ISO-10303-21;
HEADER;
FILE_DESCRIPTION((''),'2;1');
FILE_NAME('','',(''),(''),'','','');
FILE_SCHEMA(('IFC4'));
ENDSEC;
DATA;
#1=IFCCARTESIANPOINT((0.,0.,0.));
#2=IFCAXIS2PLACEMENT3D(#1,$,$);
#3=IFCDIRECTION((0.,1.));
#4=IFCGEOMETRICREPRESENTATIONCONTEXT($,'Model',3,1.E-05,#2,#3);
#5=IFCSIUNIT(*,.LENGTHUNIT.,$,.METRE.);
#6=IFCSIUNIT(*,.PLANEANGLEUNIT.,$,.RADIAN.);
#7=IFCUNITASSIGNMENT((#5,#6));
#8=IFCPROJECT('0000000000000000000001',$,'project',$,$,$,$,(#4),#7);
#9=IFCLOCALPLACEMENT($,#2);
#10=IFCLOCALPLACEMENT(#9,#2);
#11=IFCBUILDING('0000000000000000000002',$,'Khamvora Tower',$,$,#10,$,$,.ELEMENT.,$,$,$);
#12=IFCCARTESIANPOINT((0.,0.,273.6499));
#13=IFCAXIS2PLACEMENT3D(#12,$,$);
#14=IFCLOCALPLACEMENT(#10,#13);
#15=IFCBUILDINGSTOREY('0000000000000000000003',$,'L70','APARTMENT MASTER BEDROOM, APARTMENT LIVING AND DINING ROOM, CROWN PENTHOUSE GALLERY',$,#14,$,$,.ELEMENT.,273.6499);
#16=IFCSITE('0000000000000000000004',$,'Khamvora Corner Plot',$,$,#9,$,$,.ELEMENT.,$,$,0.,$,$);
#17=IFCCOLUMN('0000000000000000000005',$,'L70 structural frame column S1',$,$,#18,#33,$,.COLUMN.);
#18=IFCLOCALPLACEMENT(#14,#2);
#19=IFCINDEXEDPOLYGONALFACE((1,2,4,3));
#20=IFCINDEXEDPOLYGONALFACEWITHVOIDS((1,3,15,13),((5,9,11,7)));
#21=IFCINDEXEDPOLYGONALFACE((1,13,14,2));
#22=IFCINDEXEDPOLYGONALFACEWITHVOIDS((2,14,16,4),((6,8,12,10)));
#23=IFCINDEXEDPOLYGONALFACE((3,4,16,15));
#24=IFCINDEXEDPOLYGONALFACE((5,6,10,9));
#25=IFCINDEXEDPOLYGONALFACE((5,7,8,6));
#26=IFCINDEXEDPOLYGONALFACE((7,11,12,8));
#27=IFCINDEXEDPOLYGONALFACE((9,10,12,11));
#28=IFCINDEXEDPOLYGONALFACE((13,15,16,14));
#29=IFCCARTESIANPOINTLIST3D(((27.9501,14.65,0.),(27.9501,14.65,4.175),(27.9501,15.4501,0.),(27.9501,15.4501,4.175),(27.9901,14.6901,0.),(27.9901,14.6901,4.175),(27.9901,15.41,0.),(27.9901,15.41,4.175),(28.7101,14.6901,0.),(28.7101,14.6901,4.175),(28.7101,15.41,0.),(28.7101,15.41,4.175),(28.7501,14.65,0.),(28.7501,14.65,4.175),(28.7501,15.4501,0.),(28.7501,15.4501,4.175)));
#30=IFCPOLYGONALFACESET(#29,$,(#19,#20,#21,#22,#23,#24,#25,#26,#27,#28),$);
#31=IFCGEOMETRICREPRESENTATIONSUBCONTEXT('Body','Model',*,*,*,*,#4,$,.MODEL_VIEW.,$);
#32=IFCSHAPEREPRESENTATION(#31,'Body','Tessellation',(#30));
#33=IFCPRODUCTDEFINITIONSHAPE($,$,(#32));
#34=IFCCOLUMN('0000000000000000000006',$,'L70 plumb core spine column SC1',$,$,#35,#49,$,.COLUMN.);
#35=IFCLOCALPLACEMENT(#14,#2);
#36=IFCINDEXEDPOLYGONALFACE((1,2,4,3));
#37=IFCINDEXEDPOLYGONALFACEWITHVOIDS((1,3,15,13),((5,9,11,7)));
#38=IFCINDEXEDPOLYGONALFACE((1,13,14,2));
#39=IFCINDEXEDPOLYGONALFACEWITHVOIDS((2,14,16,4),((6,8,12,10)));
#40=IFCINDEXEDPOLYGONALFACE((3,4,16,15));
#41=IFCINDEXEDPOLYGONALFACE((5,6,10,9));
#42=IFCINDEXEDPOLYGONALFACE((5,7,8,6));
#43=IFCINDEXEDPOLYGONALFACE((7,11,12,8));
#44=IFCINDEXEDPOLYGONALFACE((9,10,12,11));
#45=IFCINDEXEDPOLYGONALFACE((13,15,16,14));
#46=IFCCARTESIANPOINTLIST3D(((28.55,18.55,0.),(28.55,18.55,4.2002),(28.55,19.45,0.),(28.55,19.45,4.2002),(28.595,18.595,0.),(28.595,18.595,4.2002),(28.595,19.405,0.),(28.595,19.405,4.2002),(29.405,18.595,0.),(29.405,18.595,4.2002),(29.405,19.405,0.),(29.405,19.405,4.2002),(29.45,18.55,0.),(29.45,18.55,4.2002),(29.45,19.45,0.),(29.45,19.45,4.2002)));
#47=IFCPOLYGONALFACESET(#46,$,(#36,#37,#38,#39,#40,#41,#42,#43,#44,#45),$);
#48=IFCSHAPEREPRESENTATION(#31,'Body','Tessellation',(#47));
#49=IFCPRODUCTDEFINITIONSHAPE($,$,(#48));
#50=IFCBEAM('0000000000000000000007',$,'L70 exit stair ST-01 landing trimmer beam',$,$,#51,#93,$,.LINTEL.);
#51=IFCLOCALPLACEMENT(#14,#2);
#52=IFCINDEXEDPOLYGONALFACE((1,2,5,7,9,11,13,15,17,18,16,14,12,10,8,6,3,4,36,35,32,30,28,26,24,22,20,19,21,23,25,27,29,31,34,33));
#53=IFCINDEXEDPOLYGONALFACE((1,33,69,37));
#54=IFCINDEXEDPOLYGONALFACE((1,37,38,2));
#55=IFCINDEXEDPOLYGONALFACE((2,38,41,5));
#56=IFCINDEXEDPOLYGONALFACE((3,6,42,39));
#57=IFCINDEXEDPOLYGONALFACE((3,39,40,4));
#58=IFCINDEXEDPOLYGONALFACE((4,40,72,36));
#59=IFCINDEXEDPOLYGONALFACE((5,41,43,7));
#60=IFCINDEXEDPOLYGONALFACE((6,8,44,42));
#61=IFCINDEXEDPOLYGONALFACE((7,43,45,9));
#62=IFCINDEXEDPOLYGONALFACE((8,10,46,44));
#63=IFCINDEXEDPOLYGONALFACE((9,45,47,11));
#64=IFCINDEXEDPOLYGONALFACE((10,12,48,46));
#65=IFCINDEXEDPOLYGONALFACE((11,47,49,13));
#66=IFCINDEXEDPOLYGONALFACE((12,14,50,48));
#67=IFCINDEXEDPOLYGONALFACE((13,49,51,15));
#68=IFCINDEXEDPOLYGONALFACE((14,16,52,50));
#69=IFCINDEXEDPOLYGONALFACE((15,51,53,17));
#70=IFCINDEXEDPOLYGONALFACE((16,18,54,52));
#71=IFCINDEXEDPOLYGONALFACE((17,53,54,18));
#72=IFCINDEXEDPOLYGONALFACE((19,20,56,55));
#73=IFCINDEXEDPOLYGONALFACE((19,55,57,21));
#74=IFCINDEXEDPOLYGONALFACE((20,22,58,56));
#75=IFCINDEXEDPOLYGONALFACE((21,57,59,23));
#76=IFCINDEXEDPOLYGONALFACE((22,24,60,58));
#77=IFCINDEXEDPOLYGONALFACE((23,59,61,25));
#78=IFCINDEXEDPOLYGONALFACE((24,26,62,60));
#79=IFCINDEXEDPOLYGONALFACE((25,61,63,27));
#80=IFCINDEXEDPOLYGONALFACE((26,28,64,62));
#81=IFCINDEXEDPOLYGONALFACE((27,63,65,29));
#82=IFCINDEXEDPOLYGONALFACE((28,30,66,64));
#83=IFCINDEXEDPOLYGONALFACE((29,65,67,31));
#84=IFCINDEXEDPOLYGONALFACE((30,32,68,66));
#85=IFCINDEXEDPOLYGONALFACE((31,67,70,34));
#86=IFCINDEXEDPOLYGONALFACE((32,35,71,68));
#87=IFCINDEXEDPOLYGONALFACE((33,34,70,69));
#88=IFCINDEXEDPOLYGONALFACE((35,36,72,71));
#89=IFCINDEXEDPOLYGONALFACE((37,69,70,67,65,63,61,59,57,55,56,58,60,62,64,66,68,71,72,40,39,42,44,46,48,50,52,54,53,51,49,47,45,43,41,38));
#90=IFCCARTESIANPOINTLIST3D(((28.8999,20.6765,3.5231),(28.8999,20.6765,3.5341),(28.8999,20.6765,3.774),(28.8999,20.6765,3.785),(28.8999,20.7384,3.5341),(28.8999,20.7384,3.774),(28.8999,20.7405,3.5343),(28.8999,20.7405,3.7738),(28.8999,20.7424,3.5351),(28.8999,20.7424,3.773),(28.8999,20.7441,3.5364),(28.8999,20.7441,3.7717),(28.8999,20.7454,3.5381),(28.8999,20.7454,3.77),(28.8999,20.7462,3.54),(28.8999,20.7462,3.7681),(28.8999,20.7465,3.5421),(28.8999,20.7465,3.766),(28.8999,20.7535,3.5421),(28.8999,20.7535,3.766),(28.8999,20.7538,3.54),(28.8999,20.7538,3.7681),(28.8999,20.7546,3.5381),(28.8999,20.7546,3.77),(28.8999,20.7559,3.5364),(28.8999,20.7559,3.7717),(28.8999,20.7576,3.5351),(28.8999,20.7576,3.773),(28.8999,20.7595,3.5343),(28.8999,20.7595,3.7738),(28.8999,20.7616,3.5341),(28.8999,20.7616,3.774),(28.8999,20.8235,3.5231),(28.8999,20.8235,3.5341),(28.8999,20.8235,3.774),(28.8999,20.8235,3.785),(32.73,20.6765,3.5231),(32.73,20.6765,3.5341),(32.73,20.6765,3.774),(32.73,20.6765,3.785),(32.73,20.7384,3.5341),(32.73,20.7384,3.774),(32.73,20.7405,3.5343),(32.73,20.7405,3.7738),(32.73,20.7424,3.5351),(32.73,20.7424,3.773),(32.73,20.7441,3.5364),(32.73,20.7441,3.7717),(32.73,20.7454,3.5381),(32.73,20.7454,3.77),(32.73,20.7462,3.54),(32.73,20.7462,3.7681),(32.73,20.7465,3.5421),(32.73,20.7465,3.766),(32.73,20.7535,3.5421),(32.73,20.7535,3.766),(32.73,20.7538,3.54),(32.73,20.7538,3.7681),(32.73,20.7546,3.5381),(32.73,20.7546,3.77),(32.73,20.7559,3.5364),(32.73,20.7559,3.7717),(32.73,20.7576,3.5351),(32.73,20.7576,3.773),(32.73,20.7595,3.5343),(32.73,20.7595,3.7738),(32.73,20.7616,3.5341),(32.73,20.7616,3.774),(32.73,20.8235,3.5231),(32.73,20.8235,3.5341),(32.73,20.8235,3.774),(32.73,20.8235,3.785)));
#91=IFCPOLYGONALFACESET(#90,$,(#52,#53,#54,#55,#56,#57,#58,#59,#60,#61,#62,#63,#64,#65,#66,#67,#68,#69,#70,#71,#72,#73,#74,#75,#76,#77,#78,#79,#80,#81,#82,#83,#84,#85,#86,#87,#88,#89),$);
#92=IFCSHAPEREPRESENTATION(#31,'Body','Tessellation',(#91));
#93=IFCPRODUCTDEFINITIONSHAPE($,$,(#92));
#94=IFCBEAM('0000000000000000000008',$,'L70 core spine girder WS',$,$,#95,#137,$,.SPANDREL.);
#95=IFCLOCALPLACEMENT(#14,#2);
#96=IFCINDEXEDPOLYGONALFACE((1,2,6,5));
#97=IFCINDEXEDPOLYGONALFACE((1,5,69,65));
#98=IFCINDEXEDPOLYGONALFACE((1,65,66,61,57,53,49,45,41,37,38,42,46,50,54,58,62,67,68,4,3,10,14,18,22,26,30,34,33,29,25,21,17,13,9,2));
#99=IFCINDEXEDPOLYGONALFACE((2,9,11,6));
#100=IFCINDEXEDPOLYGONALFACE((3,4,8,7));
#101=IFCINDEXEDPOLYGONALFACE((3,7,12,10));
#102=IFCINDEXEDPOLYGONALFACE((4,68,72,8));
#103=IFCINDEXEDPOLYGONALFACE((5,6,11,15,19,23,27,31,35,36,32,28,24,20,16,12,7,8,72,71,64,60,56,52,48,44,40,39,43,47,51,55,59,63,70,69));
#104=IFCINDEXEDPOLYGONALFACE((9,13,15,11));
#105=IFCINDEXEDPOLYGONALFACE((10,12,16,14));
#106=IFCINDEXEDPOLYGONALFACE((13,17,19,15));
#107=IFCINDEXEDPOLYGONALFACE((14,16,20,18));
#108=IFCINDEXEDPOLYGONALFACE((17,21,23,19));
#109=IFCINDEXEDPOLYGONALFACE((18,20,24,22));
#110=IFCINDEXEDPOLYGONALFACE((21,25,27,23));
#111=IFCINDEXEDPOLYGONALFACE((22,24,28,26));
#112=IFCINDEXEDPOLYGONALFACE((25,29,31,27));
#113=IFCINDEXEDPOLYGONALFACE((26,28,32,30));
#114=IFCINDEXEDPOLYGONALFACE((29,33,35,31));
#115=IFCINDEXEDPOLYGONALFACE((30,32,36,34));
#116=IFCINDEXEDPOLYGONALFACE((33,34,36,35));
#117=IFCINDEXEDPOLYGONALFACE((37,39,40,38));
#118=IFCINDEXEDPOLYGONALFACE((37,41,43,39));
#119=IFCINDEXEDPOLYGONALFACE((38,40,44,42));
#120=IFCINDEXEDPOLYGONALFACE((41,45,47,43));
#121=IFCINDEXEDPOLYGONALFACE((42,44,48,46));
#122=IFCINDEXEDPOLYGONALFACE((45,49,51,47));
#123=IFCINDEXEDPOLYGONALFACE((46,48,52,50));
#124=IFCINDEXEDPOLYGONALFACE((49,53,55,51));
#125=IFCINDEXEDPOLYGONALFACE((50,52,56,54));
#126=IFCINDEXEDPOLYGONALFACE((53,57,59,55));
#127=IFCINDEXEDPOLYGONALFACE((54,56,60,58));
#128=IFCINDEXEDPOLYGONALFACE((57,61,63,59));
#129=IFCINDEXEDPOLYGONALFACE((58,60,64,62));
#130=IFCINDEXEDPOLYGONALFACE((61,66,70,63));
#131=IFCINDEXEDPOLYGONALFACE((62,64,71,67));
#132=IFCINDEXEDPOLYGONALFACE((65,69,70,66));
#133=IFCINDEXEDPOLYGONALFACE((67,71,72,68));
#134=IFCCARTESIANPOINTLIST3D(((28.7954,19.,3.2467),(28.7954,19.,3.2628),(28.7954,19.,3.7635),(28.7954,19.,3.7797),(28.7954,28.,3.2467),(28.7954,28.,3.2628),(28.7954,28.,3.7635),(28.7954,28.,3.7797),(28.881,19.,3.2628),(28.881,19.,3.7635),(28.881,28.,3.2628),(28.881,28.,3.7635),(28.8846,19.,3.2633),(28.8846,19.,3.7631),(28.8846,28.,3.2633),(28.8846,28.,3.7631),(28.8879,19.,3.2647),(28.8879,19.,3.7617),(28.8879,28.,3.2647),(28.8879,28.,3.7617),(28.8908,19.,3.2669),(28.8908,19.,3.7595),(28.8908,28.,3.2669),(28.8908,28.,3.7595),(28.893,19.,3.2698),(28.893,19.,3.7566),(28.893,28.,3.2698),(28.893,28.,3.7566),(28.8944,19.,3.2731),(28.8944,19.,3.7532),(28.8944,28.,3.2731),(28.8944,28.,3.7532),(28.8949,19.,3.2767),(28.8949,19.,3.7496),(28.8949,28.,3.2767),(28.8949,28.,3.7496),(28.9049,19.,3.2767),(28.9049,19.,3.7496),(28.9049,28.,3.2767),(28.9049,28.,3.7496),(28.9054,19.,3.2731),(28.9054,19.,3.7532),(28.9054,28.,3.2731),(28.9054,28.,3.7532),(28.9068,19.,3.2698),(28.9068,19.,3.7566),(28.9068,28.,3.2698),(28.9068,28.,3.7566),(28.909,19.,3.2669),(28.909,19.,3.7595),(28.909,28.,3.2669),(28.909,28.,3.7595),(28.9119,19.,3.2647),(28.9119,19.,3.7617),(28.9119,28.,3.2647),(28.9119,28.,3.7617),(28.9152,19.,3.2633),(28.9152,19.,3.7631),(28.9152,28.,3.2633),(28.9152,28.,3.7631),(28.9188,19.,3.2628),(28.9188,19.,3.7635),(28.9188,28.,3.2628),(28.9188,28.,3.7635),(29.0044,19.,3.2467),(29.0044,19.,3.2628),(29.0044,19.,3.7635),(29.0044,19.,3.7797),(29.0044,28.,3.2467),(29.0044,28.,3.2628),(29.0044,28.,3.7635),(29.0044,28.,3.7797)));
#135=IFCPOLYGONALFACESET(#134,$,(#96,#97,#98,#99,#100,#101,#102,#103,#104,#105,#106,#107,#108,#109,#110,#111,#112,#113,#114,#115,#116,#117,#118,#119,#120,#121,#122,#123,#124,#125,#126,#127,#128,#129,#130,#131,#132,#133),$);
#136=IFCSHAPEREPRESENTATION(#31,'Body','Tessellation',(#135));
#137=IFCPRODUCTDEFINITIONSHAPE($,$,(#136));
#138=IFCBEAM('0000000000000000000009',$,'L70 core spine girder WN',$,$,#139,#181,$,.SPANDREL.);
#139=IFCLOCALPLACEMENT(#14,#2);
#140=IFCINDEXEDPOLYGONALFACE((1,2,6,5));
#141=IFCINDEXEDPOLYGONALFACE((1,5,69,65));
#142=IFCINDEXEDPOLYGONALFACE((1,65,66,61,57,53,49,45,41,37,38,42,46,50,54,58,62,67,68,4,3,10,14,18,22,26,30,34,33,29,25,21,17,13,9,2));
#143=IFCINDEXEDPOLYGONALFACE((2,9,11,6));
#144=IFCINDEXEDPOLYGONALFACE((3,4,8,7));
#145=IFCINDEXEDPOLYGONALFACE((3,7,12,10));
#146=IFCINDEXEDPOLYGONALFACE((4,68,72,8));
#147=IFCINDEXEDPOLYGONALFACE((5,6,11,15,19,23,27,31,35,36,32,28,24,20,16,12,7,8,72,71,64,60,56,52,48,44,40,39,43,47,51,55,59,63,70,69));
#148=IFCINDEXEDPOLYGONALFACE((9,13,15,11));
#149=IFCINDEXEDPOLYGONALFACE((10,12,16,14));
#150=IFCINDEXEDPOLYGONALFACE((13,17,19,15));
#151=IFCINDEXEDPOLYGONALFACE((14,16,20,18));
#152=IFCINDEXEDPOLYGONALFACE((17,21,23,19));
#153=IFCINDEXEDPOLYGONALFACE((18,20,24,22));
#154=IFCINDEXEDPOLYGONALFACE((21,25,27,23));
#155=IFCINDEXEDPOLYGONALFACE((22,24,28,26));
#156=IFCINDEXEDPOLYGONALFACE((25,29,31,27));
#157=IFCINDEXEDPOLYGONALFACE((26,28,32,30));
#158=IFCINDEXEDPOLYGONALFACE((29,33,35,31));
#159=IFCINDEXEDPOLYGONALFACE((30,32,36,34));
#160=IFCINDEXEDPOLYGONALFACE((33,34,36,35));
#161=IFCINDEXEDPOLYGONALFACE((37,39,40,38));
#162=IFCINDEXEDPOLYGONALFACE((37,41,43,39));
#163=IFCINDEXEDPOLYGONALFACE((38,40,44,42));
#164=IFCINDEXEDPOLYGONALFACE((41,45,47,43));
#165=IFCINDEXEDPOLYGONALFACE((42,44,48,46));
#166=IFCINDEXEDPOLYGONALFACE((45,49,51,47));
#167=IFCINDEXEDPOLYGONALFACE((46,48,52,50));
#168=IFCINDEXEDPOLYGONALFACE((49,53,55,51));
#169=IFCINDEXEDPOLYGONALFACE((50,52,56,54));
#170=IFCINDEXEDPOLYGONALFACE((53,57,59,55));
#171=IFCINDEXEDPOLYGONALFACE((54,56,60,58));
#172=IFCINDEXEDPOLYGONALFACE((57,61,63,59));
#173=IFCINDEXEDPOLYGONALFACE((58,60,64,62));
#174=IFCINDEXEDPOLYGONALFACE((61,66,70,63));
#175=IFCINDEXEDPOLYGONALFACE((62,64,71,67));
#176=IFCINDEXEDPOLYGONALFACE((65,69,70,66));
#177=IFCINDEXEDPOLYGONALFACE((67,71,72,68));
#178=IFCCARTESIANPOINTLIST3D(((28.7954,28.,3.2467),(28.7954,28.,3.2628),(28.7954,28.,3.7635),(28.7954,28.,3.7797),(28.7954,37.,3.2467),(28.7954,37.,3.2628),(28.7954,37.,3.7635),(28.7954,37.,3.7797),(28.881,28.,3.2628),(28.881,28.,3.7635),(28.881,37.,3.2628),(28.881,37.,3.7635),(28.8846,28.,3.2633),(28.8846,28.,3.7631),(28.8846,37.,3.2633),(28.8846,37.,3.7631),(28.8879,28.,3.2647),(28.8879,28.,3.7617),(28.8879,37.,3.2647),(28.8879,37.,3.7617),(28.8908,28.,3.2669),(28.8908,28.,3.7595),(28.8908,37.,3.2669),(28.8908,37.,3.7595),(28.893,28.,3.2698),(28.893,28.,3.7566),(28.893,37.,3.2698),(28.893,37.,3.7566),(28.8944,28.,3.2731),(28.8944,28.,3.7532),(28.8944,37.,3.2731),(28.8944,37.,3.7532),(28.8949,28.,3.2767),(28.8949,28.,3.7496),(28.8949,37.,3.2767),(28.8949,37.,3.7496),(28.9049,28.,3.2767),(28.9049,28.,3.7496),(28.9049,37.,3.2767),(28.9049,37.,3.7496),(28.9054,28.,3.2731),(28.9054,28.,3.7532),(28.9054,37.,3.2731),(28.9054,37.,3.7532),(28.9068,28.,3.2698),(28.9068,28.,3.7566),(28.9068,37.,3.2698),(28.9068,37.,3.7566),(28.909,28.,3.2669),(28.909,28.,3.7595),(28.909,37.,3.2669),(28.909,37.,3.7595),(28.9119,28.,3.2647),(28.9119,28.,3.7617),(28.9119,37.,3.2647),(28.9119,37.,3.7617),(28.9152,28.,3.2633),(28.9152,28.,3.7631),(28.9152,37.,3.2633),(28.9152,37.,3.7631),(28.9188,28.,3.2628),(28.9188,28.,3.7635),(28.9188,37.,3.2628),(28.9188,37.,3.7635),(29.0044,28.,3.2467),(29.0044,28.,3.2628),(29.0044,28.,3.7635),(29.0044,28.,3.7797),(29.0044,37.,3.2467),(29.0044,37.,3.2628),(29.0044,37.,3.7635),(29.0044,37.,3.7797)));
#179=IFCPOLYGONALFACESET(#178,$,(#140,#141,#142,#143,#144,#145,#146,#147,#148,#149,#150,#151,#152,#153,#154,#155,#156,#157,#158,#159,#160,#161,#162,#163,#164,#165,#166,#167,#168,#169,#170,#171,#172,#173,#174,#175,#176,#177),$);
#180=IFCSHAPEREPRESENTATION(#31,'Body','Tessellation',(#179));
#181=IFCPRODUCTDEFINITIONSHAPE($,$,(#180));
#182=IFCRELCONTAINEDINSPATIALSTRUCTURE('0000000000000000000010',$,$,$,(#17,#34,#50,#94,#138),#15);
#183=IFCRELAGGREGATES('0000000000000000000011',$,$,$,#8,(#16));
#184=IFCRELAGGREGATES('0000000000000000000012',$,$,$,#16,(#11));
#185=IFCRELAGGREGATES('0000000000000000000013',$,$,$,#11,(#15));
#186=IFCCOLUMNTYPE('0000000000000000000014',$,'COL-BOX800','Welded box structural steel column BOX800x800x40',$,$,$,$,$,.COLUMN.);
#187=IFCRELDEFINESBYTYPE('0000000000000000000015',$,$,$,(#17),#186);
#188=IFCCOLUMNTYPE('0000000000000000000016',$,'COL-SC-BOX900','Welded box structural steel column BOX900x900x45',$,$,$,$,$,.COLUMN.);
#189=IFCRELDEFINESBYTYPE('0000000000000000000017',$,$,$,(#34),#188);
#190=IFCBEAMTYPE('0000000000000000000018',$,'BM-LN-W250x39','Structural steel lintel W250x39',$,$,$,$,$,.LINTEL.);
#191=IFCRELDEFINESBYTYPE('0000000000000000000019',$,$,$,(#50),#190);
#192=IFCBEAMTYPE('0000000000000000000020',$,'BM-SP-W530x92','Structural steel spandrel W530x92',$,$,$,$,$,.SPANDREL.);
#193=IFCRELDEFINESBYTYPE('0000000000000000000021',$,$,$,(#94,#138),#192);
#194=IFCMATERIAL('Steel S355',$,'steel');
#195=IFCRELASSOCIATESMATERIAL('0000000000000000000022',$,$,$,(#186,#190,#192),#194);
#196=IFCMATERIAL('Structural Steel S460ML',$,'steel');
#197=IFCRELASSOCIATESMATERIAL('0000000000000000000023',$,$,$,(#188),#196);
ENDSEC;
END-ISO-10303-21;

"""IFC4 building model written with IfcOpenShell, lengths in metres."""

from ifc_helpers import new_model, si_unit, direction, frame, origin, origin_2d, place, context, subcontext, project, spatial, hollow_rectangle, i_section, extrude, material, material_profile, profile_set, type_object, element, save


model = new_model("IFC4")

# Units and contexts
model_context = context("Model", 3, precision=1e-05, world=origin(), true_north=direction((0.0, 1.0)))
body_context = subcontext(model_context, "Body", "Model", "MODEL_VIEW")
ifc_project = project(units=[si_unit("LENGTHUNIT", "METRE"), si_unit("PLANEANGLEUNIT", "RADIAN")], contexts=[model_context])

# Site, building, storey
site_placement = place(None, origin())
site = spatial("IfcSite", under=ifc_project, at=site_placement, Name="Khamvora Corner Plot", CompositionType="ELEMENT", RefElevation=0.0)
building_placement = place(site_placement, origin())
building = spatial("IfcBuilding", under=site, at=building_placement, Name="Khamvora Tower", CompositionType="ELEMENT")
storey_placement = place(building_placement, frame((0.0, 0.0, 273.6499)))
storey = spatial("IfcBuildingStorey", under=building, at=storey_placement, Name="L70", Description="APARTMENT MASTER BEDROOM, APARTMENT LIVING AND DINING ROOM, CROWN PENTHOUSE GALLERY", CompositionType="ELEMENT", Elevation=273.6499)

# Columns
ifc_material_1 = material(Name="Steel S355", Category="steel")
ifc_material_profile_1 = material_profile(ifc_material_1, hollow_rectangle(XDim=0.8, YDim=0.8, WallThickness=0.04, at=origin_2d()), Name="BOX800x800x40")
ifc_profile_set_1 = profile_set([ifc_material_profile_1], Name="Steel S355")
column_type_1 = type_object("IfcColumnType", Name="COL-BOX800", Description="Welded box structural steel column BOX800x800x40", PredefinedType="COLUMN", material=ifc_profile_set_1)
column_1_placement = place(storey_placement, frame((28.3501, 15.05, 0.0), z_axis=(0.0, 0.0, 1.0), x_axis=(1.0, 0.0, 0.0)))
element("IfcColumn", 1, at=column_1_placement, inside=storey, type_object=column_type_1, Name="L70 structural frame column S1", PredefinedType="COLUMN", context=body_context, shape_type="SweptSolid", body=[
    extrude(hollow_rectangle(XDim=0.8, YDim=0.8, WallThickness=0.04, at=origin_2d()), origin(), (0.0, 0.0, 1.0), 4.175),
])
ifc_material_2 = material(Name="Structural Steel S460ML", Category="steel")
ifc_material_profile_2 = material_profile(ifc_material_2, hollow_rectangle(XDim=0.8999, YDim=0.8999, WallThickness=0.0449, at=origin_2d()), Name="BOX900x900x45")
ifc_profile_set_2 = profile_set([ifc_material_profile_2], Name="Structural Steel S460ML")
column_type_2 = type_object("IfcColumnType", Name="COL-SC-BOX900", Description="Welded box structural steel column BOX900x900x45", PredefinedType="COLUMN", material=ifc_profile_set_2)
column_2_placement = place(storey_placement, frame((29.0, 19.0, 0.0), z_axis=(0.0, 0.0, 1.0), x_axis=(1.0, 0.0, 0.0)))
element("IfcColumn", 2, at=column_2_placement, inside=storey, type_object=column_type_2, Name="L70 plumb core spine column SC1", PredefinedType="COLUMN", context=body_context, shape_type="SweptSolid", body=[
    extrude(hollow_rectangle(XDim=0.8999, YDim=0.8999, WallThickness=0.0449, at=origin_2d()), origin(), (0.0, 0.0, 1.0), 4.2002),
])

# Beams
ifc_material_profile_3 = material_profile(ifc_material_1, i_section(OverallWidth=0.147, OverallDepth=0.262, WebThickness=0.0071, FlangeThickness=0.011, FilletRadius=0.0081, at=origin_2d()), Name="W250x39")
ifc_profile_set_3 = profile_set([ifc_material_profile_3], Name="Steel S355")
beam_type_1 = type_object("IfcBeamType", Name="BM-LN-W250x39", Description="Structural steel lintel W250x39", PredefinedType="LINTEL", material=ifc_profile_set_3)
beam_1_placement = place(storey_placement, frame((28.8999, 20.75, 3.6541), z_axis=(1.0, 0.0, 0.0), x_axis=(0.0, 1.0, 0.0)))
element("IfcBeam", 3, at=beam_1_placement, inside=storey, type_object=beam_type_1, Name="L70 exit stair ST-01 landing trimmer beam", PredefinedType="LINTEL", context=body_context, shape_type="SweptSolid", body=[
    extrude(i_section(OverallWidth=0.147, OverallDepth=0.262, WebThickness=0.0071, FlangeThickness=0.011, FilletRadius=0.0081, at=origin_2d()), origin(), (0.0, 0.0, 1.0), 3.8301),
])
ifc_material_profile_4 = material_profile(ifc_material_1, i_section(OverallWidth=0.209, OverallDepth=0.533, WebThickness=0.01, FlangeThickness=0.0161, FilletRadius=0.0139, at=origin_2d()), Name="W530x92")
ifc_profile_set_4 = profile_set([ifc_material_profile_4], Name="Steel S355")
beam_type_2 = type_object("IfcBeamType", Name="BM-SP-W530x92", Description="Structural steel spandrel W530x92", PredefinedType="SPANDREL", material=ifc_profile_set_4)
for number, where, z_axis, x_axis, name in (
    (4, (28.8999, 19.0, 3.5132), (0.0, 1.0, 0.0), (-1.0, 0.0, 0.0), "L70 core spine girder WS"),
    (5, (28.8999, 28.0, 3.5132), (0.0, 1.0, 0.0), (-1.0, 0.0, 0.0), "L70 core spine girder WN"),
):
    element("IfcBeam", number, at=place(storey_placement, frame(where, z_axis=z_axis, x_axis=x_axis)), inside=storey, type_object=beam_type_2, Name=name, PredefinedType="SPANDREL", context=body_context, shape_type="SweptSolid", body=[
        extrude(i_section(OverallWidth=0.209, OverallDepth=0.533, WebThickness=0.01, FlangeThickness=0.0161, FilletRadius=0.0139, at=origin_2d()), origin(), (0.0, 0.0, 1.0), 9.0),
    ])

save(model, "model.ifc")
